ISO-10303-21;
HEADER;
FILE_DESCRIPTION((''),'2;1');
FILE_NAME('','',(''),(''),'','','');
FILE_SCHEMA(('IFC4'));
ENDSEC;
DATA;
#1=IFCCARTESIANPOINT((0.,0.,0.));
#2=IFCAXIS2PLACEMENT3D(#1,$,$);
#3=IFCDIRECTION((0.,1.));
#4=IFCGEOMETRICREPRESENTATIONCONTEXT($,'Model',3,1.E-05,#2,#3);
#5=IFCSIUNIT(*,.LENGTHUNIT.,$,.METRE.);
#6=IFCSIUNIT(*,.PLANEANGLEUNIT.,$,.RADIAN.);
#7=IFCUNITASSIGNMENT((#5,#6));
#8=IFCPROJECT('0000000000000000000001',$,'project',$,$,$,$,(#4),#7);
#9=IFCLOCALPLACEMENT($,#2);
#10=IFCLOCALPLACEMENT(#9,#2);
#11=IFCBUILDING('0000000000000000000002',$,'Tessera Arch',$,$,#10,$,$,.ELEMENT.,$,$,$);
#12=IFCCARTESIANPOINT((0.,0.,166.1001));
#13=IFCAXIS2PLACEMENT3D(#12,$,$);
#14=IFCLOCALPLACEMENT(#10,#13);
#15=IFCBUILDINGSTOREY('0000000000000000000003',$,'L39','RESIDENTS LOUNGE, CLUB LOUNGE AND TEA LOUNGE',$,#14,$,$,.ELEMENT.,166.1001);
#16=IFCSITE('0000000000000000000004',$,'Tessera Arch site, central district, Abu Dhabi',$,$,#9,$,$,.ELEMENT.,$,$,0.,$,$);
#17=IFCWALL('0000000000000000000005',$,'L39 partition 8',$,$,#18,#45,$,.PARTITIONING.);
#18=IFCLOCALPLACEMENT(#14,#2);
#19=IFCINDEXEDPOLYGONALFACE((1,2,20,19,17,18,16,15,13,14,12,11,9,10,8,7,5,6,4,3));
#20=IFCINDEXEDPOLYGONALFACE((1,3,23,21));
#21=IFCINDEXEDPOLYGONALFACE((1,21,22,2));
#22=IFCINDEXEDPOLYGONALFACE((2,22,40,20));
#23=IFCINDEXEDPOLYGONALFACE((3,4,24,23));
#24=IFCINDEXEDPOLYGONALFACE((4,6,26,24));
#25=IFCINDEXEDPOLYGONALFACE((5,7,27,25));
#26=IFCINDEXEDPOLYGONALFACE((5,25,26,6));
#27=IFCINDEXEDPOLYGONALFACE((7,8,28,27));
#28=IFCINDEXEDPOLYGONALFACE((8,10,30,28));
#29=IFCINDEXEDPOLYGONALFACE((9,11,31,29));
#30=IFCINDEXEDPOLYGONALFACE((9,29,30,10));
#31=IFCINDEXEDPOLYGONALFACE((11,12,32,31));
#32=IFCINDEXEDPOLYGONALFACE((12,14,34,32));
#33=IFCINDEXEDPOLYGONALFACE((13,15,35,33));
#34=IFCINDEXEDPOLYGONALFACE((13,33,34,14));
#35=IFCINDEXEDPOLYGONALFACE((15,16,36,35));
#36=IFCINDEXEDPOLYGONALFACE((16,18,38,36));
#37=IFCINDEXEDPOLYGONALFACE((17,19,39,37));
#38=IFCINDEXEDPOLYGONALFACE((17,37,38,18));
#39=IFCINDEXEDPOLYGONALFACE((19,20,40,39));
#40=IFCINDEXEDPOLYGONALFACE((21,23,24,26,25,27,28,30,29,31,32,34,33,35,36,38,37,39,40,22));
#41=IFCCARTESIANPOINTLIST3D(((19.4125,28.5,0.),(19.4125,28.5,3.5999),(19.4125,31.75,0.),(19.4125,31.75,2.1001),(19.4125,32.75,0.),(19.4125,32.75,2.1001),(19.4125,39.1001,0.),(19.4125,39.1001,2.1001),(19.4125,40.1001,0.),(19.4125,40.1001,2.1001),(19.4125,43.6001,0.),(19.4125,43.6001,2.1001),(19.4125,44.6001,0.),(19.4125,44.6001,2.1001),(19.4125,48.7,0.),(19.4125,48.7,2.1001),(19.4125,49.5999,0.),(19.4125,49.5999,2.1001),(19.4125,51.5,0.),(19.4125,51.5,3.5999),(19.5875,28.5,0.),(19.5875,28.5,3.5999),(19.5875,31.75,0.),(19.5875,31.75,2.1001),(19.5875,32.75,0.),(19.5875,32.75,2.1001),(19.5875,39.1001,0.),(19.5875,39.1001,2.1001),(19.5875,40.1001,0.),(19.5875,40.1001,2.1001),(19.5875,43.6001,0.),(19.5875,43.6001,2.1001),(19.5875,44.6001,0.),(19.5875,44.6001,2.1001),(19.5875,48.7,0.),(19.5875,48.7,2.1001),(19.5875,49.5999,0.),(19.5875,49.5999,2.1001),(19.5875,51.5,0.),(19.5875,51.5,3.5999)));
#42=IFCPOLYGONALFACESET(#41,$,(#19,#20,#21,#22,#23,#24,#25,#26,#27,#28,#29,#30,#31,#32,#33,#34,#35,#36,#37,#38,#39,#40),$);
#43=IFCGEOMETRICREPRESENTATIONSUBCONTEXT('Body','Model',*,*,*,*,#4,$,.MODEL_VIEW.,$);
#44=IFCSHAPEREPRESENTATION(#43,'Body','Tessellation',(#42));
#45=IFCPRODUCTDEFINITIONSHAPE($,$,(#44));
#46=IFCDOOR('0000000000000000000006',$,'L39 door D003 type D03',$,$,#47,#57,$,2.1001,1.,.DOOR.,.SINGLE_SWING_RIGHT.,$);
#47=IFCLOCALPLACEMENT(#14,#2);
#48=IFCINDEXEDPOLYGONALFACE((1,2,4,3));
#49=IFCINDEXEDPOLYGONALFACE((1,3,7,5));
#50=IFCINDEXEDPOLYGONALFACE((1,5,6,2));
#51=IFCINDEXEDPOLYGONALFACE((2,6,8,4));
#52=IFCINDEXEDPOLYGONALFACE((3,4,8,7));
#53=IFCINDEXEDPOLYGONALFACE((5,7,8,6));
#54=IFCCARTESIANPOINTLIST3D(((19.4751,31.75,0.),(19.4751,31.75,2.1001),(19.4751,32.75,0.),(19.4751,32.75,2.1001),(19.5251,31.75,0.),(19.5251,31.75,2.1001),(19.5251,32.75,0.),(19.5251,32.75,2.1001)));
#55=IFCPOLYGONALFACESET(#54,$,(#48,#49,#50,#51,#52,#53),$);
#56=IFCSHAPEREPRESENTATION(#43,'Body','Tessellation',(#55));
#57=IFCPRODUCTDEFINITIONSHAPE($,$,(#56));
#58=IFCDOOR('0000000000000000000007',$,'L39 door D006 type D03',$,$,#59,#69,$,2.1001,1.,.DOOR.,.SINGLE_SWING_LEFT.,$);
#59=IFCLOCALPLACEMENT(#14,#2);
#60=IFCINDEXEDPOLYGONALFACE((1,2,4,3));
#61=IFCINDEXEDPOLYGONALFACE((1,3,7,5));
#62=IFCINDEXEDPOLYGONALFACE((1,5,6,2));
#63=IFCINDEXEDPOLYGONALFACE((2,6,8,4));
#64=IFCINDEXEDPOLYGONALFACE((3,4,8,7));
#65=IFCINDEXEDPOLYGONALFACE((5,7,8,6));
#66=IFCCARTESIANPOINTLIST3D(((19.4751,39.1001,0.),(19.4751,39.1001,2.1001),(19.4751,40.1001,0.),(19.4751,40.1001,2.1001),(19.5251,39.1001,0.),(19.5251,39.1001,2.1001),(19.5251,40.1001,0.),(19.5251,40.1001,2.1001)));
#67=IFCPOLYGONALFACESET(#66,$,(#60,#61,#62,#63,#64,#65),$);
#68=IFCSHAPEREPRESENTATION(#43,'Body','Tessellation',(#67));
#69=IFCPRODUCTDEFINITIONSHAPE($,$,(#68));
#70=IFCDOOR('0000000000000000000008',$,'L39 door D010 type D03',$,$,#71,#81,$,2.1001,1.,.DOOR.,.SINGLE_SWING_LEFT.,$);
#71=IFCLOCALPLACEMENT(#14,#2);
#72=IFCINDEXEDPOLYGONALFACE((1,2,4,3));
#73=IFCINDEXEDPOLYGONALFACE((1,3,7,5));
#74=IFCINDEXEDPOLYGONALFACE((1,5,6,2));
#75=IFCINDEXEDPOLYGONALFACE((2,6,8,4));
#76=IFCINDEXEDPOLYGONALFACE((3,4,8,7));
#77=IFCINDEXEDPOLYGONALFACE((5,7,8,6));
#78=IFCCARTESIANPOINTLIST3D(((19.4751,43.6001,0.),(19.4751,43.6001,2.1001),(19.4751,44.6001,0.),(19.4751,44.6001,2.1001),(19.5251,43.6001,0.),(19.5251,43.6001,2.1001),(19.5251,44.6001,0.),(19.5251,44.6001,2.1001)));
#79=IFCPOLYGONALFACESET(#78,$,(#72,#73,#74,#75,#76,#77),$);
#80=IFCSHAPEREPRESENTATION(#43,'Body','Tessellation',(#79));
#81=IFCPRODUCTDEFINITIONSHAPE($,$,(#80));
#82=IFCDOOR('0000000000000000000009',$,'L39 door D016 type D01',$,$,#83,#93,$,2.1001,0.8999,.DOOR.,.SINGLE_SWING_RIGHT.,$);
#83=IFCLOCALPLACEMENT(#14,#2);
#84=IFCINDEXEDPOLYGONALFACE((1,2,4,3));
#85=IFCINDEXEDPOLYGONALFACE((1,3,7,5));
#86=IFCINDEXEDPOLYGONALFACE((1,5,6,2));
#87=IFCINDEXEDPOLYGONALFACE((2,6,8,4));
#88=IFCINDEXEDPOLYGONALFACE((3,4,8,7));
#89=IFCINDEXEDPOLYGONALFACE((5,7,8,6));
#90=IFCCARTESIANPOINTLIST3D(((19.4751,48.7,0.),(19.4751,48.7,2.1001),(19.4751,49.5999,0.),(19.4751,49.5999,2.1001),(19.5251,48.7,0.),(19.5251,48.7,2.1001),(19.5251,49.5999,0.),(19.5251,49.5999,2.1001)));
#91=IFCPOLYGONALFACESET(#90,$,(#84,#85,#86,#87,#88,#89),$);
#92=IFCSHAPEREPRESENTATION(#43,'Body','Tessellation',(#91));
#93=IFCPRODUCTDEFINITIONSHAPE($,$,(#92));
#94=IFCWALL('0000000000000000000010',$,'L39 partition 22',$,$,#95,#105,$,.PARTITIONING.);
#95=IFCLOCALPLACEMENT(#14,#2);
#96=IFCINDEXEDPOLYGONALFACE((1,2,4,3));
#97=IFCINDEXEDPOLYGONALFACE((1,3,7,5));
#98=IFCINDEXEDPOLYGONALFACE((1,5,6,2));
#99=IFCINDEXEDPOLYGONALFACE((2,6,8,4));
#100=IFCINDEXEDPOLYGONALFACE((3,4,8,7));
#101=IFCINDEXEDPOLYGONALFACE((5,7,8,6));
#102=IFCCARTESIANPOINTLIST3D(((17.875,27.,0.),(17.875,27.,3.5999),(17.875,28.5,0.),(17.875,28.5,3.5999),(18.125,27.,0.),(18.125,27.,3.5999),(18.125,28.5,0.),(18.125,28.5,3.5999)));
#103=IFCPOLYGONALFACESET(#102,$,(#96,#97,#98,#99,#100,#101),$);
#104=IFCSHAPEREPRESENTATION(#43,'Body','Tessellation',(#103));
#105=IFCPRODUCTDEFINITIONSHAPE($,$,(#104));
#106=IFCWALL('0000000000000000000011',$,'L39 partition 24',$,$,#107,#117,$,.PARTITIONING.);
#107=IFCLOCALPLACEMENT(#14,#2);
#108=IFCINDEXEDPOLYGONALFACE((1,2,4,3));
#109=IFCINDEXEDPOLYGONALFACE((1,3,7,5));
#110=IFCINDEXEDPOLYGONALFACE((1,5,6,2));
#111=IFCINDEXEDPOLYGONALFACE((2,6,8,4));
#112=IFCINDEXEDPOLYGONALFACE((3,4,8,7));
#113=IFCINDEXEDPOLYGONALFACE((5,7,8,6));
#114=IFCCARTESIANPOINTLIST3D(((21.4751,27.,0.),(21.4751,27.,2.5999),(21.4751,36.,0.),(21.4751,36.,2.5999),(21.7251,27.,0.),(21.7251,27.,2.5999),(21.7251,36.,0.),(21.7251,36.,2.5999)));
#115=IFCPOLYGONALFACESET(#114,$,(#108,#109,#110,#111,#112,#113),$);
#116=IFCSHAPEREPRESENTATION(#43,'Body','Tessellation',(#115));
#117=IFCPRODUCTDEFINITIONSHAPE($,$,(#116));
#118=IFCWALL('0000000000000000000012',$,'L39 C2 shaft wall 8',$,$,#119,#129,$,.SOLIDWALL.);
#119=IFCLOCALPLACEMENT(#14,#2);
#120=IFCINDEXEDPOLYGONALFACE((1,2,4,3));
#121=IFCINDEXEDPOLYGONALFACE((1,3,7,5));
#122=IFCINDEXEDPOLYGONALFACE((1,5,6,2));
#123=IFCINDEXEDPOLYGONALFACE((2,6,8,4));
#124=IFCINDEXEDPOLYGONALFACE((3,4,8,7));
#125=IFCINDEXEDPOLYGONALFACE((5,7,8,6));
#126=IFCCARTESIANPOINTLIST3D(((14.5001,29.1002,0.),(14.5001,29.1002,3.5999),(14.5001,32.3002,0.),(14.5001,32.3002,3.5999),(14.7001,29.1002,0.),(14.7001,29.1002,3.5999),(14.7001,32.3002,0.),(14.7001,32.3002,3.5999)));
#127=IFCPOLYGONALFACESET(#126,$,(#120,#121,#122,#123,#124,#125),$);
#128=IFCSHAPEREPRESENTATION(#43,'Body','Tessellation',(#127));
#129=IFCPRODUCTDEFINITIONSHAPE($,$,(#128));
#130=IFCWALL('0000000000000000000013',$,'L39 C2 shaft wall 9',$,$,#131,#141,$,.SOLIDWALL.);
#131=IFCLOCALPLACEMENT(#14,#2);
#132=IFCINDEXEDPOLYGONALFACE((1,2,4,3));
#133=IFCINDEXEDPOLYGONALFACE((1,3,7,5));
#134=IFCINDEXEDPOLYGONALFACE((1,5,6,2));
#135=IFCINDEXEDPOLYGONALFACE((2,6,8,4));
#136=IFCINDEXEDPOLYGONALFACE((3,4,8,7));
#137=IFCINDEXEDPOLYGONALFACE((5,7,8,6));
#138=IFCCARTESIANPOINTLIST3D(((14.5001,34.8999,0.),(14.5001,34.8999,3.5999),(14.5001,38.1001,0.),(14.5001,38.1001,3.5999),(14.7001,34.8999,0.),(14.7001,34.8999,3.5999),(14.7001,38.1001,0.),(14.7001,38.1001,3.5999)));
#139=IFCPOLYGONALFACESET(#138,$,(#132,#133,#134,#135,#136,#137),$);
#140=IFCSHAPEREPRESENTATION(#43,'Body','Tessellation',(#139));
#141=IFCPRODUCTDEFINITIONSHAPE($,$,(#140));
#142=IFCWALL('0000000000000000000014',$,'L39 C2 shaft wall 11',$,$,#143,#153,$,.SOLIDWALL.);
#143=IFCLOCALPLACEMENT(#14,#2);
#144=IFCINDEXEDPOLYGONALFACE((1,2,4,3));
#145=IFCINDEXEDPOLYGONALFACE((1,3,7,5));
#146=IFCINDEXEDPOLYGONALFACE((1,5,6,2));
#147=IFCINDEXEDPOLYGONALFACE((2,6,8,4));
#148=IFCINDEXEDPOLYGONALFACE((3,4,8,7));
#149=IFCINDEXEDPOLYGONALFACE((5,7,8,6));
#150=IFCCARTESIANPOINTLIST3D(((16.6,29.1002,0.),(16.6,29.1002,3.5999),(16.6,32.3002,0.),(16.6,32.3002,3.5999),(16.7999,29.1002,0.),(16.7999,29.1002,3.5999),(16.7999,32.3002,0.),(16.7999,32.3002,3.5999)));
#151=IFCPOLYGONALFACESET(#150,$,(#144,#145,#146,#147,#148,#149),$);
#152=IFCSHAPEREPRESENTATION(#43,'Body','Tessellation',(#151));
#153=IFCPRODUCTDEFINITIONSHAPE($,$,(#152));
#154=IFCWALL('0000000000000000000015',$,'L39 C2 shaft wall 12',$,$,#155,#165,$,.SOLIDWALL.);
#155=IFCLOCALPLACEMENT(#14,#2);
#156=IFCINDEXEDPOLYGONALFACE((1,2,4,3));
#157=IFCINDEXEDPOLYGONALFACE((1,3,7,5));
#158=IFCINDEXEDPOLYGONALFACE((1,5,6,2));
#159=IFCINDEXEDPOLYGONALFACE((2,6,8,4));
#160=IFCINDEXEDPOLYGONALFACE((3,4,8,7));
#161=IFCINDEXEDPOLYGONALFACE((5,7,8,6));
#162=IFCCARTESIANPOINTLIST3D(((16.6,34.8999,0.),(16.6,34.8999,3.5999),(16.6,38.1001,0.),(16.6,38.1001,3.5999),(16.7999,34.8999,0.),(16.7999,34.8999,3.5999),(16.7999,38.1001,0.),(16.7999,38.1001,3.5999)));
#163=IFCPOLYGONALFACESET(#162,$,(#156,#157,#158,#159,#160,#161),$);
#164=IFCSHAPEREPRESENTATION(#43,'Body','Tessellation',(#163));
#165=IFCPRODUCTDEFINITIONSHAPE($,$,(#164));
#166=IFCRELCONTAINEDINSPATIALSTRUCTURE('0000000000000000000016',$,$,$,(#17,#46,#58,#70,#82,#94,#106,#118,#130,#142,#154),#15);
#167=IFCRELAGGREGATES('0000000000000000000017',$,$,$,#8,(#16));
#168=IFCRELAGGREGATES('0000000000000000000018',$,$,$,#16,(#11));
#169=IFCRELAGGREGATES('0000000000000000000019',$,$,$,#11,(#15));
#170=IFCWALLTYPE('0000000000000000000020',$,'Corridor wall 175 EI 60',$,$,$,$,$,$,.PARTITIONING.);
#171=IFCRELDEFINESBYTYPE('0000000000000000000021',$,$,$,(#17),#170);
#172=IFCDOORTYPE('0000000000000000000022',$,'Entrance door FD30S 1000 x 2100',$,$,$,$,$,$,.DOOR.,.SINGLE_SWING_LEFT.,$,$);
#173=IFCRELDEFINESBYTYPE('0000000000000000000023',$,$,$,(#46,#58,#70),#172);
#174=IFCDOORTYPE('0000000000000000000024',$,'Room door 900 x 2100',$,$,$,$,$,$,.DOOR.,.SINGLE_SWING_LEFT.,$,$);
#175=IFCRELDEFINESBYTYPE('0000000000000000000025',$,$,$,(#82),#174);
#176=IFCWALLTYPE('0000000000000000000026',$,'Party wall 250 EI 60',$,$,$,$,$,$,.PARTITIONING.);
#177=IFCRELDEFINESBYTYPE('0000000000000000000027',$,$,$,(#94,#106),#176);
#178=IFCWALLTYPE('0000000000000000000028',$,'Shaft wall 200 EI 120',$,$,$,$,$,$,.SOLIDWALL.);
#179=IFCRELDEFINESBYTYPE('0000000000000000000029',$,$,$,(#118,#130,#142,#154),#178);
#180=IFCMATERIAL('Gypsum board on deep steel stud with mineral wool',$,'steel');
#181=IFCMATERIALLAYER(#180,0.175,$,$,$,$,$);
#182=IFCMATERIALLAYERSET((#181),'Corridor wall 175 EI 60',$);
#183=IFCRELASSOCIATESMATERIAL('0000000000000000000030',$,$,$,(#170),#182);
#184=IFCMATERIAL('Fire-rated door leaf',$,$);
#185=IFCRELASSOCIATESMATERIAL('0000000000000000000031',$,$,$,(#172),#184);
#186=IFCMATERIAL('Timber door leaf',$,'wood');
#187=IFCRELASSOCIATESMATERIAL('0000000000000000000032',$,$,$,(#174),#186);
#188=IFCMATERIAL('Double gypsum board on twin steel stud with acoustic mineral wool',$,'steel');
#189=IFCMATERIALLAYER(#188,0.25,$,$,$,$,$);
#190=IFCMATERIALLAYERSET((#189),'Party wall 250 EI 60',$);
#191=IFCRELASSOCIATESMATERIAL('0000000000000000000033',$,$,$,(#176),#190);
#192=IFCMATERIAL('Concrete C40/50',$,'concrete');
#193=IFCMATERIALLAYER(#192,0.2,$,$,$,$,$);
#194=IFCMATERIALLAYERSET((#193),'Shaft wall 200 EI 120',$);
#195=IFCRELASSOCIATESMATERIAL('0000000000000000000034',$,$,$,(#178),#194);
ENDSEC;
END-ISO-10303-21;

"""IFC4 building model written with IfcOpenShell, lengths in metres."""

from ifc_helpers import new_model, si_unit, direction, frame, frame_2d, origin, place, context, subcontext, project, spatial, rectangle, extrude, material, layer, layer_set, type_object, element, fill, save


model = new_model("IFC4")

# Units and contexts
model_context = context("Model", 3, precision=1e-05, world=origin(), true_north=direction((0.0, 1.0)))
body_context = subcontext(model_context, "Body", "Model", "MODEL_VIEW")
ifc_project = project(units=[si_unit("LENGTHUNIT", "METRE"), si_unit("PLANEANGLEUNIT", "RADIAN")], contexts=[model_context])

# Site, building, storey
site_placement = place(None, origin())
site = spatial("IfcSite", under=ifc_project, at=site_placement, Name="Tessera Arch site, central district, Abu Dhabi", CompositionType="ELEMENT", RefElevation=0.0)
building_placement = place(site_placement, origin())
building = spatial("IfcBuilding", under=site, at=building_placement, Name="Tessera Arch", CompositionType="ELEMENT")
storey_placement = place(building_placement, frame((0.0, 0.0, 166.1001)))
storey = spatial("IfcBuildingStorey", under=building, at=storey_placement, Name="L39", Description="RESIDENTS LOUNGE, CLUB LOUNGE AND TEA LOUNGE", CompositionType="ELEMENT", Elevation=166.1001)

# Shared definitions
ifc_material_1 = material(Name="Gypsum board on deep steel stud with mineral wool", Category="steel")
ifc_layer_1 = layer(ifc_material_1, 0.175)
ifc_layer_set_1 = layer_set([ifc_layer_1], Name="Corridor wall 175 EI 60")
wall_type_1 = type_object("IfcWallType", Name="Corridor wall 175 EI 60", PredefinedType="PARTITIONING", material=ifc_layer_set_1)

# Wall, openings, doors
wall_1_placement = place(storey_placement, frame((19.5, 28.5, 0.0), z_axis=(0.0, 0.0, 1.0), x_axis=(0.0, 1.0, 0.0)))
wall_1 = element("IfcWall", 1, at=wall_1_placement, inside=storey, type_object=wall_type_1, Name="L39 partition 8", PredefinedType="PARTITIONING", context=body_context, shape_type="SweptSolid", body=[
    extrude(rectangle(XDim=23.0, YDim=0.175, at=frame_2d((11.5, 0.0))), origin(), (0.0, 0.0, 1.0), 3.5999),
])
opening_1_placement = place(wall_1_placement, frame((3.25, 0.0, 0.0)))
opening_1 = element("IfcOpeningElement", 2, at=opening_1_placement, cuts=wall_1, PredefinedType="OPENING", context=body_context, shape_type="SweptSolid", body=[
    extrude(rectangle(XDim=1.0, YDim=2.1001, at=frame_2d((0.5, 1.05))), frame((0.0, 0.0974, 0.0), z_axis=(0.0, -1.0, 0.0), x_axis=(1.0, 0.0, 0.0)), (0.0, 0.0, 1.0), 0.1951),
])
opening_2_placement = place(wall_1_placement, frame((10.6001, 0.0, 0.0)))
opening_2 = element("IfcOpeningElement", 3, at=opening_2_placement, cuts=wall_1, PredefinedType="OPENING", context=body_context, shape_type="SweptSolid", body=[
    extrude(rectangle(XDim=1.0, YDim=2.1001, at=frame_2d((0.5, 1.05))), frame((0.0, 0.0974, 0.0), z_axis=(0.0, -1.0, 0.0), x_axis=(1.0, 0.0, 0.0)), (0.0, 0.0, 1.0), 0.1951),
])
opening_3_placement = place(wall_1_placement, frame((15.1001, 0.0, 0.0)))
opening_3 = element("IfcOpeningElement", 4, at=opening_3_placement, cuts=wall_1, PredefinedType="OPENING", context=body_context, shape_type="SweptSolid", body=[
    extrude(rectangle(XDim=1.0, YDim=2.1001, at=frame_2d((0.5, 1.05))), frame((0.0, 0.0974, 0.0), z_axis=(0.0, -1.0, 0.0), x_axis=(1.0, 0.0, 0.0)), (0.0, 0.0, 1.0), 0.1951),
])
opening_4_placement = place(wall_1_placement, frame((20.2, 0.0, 0.0)))
opening_4 = element("IfcOpeningElement", 5, at=opening_4_placement, cuts=wall_1, PredefinedType="OPENING", context=body_context, shape_type="SweptSolid", body=[
    extrude(rectangle(XDim=0.8999, YDim=2.1001, at=frame_2d((0.45, 1.05))), frame((0.0, 0.0974, 0.0), z_axis=(0.0, -1.0, 0.0), x_axis=(1.0, 0.0, 0.0)), (0.0, 0.0, 1.0), 0.1951),
])
ifc_material_2 = material(Name="Fire-rated door leaf")
door_type_1 = type_object("IfcDoorType", Name="Entrance door FD30S 1000 x 2100", OperationType="SINGLE_SWING_LEFT", PredefinedType="DOOR", material=ifc_material_2)
door_1_placement = place(opening_1_placement, origin())
door_1 = element("IfcDoor", 6, at=door_1_placement, inside=storey, type_object=door_type_1, Name="L39 door D003 type D03", OperationType="SINGLE_SWING_RIGHT", OverallHeight=2.1001, OverallWidth=1.0, PredefinedType="DOOR", context=body_context, shape_type="SweptSolid", body=[
    extrude(rectangle(XDim=1.0, YDim=2.1001, at=frame_2d((0.5, 1.05))), frame((0.0, 0.0249, 0.0), z_axis=(0.0, -1.0, 0.0), x_axis=(1.0, 0.0, 0.0)), (0.0, 0.0, 1.0), 0.05),
])
fill(opening_1, door_1)
door_2_placement = place(opening_2_placement, origin())
door_2 = element("IfcDoor", 7, at=door_2_placement, inside=storey, type_object=door_type_1, Name="L39 door D006 type D03", OperationType="SINGLE_SWING_LEFT", OverallHeight=2.1001, OverallWidth=1.0, PredefinedType="DOOR", context=body_context, shape_type="SweptSolid", body=[
    extrude(rectangle(XDim=1.0, YDim=2.1001, at=frame_2d((0.5, 1.05))), frame((0.0, 0.0249, 0.0), z_axis=(0.0, -1.0, 0.0), x_axis=(1.0, 0.0, 0.0)), (0.0, 0.0, 1.0), 0.05),
])
fill(opening_2, door_2)
door_3_placement = place(opening_3_placement, origin())
door_3 = element("IfcDoor", 8, at=door_3_placement, inside=storey, type_object=door_type_1, Name="L39 door D010 type D03", OperationType="SINGLE_SWING_LEFT", OverallHeight=2.1001, OverallWidth=1.0, PredefinedType="DOOR", context=body_context, shape_type="SweptSolid", body=[
    extrude(rectangle(XDim=1.0, YDim=2.1001, at=frame_2d((0.5, 1.05))), frame((0.0, 0.0249, 0.0), z_axis=(0.0, -1.0, 0.0), x_axis=(1.0, 0.0, 0.0)), (0.0, 0.0, 1.0), 0.05),
])
fill(opening_3, door_3)
ifc_material_3 = material(Name="Timber door leaf", Category="wood")
door_type_2 = type_object("IfcDoorType", Name="Room door 900 x 2100", OperationType="SINGLE_SWING_LEFT", PredefinedType="DOOR", material=ifc_material_3)
door_4_placement = place(opening_4_placement, origin())
door_4 = element("IfcDoor", 9, at=door_4_placement, inside=storey, type_object=door_type_2, Name="L39 door D016 type D01", OperationType="SINGLE_SWING_RIGHT", OverallHeight=2.1001, OverallWidth=0.8999, PredefinedType="DOOR", context=body_context, shape_type="SweptSolid", body=[
    extrude(rectangle(XDim=0.8999, YDim=2.1001, at=frame_2d((0.45, 1.05))), frame((0.0, 0.0249, 0.0), z_axis=(0.0, -1.0, 0.0), x_axis=(1.0, 0.0, 0.0)), (0.0, 0.0, 1.0), 0.05),
])
fill(opening_4, door_4)

# Walls
ifc_material_4 = material(Name="Double gypsum board on twin steel stud with acoustic mineral wool", Category="steel")
ifc_layer_2 = layer(ifc_material_4, 0.25)
ifc_layer_set_2 = layer_set([ifc_layer_2], Name="Party wall 250 EI 60")
wall_type_2 = type_object("IfcWallType", Name="Party wall 250 EI 60", PredefinedType="PARTITIONING", material=ifc_layer_set_2)
wall_2_placement = place(storey_placement, frame((18.0, 27.0, 0.0), z_axis=(0.0, 0.0, 1.0), x_axis=(0.0, 1.0, 0.0)))
element("IfcWall", 10, at=wall_2_placement, inside=storey, type_object=wall_type_2, Name="L39 partition 22", PredefinedType="PARTITIONING", context=body_context, shape_type="SweptSolid", body=[
    extrude(rectangle(XDim=1.5, YDim=0.25, at=frame_2d((0.75, 0.0))), origin(), (0.0, 0.0, 1.0), 3.5999),
])
wall_3_placement = place(storey_placement, frame((21.6001, 27.0, 0.0), z_axis=(0.0, 0.0, 1.0), x_axis=(0.0, 1.0, 0.0)))
element("IfcWall", 11, at=wall_3_placement, inside=storey, type_object=wall_type_2, Name="L39 partition 24", PredefinedType="PARTITIONING", context=body_context, shape_type="SweptSolid", body=[
    extrude(rectangle(XDim=9.0, YDim=0.25, at=frame_2d((4.5, 0.0))), origin(), (0.0, 0.0, 1.0), 2.5999),
])
ifc_material_5 = material(Name="Concrete C40/50", Category="concrete")
ifc_layer_3 = layer(ifc_material_5, 0.2)
ifc_layer_set_3 = layer_set([ifc_layer_3], Name="Shaft wall 200 EI 120")
wall_type_3 = type_object("IfcWallType", Name="Shaft wall 200 EI 120", PredefinedType="SOLIDWALL", material=ifc_layer_set_3)
wall_4_placement = place(storey_placement, frame((14.6001, 29.1001, 0.0), z_axis=(0.0, 0.0, 1.0), x_axis=(0.0, 1.0, 0.0)))
element("IfcWall", 12, at=wall_4_placement, inside=storey, type_object=wall_type_3, Name="L39 C2 shaft wall 8", PredefinedType="SOLIDWALL", context=body_context, shape_type="SweptSolid", body=[
    extrude(rectangle(XDim=3.2, YDim=0.2, at=frame_2d((1.6001, 0.0))), origin(), (0.0, 0.0, 1.0), 3.5999),
])
wall_5_placement = place(storey_placement, frame((14.6001, 34.8999, 0.0), z_axis=(0.0, 0.0, 1.0), x_axis=(0.0, 1.0, 0.0)))
element("IfcWall", 13, at=wall_5_placement, inside=storey, type_object=wall_type_3, Name="L39 C2 shaft wall 9", PredefinedType="SOLIDWALL", context=body_context, shape_type="SweptSolid", body=[
    extrude(rectangle(XDim=3.2002, YDim=0.2, at=frame_2d((1.6001, 0.0))), origin(), (0.0, 0.0, 1.0), 3.5999),
])
wall_6_placement = place(storey_placement, frame((16.7, 29.1001, 0.0), z_axis=(0.0, 0.0, 1.0), x_axis=(0.0, 1.0, 0.0)))
element("IfcWall", 14, at=wall_6_placement, inside=storey, type_object=wall_type_3, Name="L39 C2 shaft wall 11", PredefinedType="SOLIDWALL", context=body_context, shape_type="SweptSolid", body=[
    extrude(rectangle(XDim=3.2, YDim=0.2, at=frame_2d((1.6001, 0.0))), origin(), (0.0, 0.0, 1.0), 3.5999),
])
wall_7_placement = place(storey_placement, frame((16.7, 34.8999, 0.0), z_axis=(0.0, 0.0, 1.0), x_axis=(0.0, 1.0, 0.0)))
element("IfcWall", 15, at=wall_7_placement, inside=storey, type_object=wall_type_3, Name="L39 C2 shaft wall 12", PredefinedType="SOLIDWALL", context=body_context, shape_type="SweptSolid", body=[
    extrude(rectangle(XDim=3.2002, YDim=0.2, at=frame_2d((1.6001, 0.0))), origin(), (0.0, 0.0, 1.0), 3.5999),
])

save(model, "model.ifc")
